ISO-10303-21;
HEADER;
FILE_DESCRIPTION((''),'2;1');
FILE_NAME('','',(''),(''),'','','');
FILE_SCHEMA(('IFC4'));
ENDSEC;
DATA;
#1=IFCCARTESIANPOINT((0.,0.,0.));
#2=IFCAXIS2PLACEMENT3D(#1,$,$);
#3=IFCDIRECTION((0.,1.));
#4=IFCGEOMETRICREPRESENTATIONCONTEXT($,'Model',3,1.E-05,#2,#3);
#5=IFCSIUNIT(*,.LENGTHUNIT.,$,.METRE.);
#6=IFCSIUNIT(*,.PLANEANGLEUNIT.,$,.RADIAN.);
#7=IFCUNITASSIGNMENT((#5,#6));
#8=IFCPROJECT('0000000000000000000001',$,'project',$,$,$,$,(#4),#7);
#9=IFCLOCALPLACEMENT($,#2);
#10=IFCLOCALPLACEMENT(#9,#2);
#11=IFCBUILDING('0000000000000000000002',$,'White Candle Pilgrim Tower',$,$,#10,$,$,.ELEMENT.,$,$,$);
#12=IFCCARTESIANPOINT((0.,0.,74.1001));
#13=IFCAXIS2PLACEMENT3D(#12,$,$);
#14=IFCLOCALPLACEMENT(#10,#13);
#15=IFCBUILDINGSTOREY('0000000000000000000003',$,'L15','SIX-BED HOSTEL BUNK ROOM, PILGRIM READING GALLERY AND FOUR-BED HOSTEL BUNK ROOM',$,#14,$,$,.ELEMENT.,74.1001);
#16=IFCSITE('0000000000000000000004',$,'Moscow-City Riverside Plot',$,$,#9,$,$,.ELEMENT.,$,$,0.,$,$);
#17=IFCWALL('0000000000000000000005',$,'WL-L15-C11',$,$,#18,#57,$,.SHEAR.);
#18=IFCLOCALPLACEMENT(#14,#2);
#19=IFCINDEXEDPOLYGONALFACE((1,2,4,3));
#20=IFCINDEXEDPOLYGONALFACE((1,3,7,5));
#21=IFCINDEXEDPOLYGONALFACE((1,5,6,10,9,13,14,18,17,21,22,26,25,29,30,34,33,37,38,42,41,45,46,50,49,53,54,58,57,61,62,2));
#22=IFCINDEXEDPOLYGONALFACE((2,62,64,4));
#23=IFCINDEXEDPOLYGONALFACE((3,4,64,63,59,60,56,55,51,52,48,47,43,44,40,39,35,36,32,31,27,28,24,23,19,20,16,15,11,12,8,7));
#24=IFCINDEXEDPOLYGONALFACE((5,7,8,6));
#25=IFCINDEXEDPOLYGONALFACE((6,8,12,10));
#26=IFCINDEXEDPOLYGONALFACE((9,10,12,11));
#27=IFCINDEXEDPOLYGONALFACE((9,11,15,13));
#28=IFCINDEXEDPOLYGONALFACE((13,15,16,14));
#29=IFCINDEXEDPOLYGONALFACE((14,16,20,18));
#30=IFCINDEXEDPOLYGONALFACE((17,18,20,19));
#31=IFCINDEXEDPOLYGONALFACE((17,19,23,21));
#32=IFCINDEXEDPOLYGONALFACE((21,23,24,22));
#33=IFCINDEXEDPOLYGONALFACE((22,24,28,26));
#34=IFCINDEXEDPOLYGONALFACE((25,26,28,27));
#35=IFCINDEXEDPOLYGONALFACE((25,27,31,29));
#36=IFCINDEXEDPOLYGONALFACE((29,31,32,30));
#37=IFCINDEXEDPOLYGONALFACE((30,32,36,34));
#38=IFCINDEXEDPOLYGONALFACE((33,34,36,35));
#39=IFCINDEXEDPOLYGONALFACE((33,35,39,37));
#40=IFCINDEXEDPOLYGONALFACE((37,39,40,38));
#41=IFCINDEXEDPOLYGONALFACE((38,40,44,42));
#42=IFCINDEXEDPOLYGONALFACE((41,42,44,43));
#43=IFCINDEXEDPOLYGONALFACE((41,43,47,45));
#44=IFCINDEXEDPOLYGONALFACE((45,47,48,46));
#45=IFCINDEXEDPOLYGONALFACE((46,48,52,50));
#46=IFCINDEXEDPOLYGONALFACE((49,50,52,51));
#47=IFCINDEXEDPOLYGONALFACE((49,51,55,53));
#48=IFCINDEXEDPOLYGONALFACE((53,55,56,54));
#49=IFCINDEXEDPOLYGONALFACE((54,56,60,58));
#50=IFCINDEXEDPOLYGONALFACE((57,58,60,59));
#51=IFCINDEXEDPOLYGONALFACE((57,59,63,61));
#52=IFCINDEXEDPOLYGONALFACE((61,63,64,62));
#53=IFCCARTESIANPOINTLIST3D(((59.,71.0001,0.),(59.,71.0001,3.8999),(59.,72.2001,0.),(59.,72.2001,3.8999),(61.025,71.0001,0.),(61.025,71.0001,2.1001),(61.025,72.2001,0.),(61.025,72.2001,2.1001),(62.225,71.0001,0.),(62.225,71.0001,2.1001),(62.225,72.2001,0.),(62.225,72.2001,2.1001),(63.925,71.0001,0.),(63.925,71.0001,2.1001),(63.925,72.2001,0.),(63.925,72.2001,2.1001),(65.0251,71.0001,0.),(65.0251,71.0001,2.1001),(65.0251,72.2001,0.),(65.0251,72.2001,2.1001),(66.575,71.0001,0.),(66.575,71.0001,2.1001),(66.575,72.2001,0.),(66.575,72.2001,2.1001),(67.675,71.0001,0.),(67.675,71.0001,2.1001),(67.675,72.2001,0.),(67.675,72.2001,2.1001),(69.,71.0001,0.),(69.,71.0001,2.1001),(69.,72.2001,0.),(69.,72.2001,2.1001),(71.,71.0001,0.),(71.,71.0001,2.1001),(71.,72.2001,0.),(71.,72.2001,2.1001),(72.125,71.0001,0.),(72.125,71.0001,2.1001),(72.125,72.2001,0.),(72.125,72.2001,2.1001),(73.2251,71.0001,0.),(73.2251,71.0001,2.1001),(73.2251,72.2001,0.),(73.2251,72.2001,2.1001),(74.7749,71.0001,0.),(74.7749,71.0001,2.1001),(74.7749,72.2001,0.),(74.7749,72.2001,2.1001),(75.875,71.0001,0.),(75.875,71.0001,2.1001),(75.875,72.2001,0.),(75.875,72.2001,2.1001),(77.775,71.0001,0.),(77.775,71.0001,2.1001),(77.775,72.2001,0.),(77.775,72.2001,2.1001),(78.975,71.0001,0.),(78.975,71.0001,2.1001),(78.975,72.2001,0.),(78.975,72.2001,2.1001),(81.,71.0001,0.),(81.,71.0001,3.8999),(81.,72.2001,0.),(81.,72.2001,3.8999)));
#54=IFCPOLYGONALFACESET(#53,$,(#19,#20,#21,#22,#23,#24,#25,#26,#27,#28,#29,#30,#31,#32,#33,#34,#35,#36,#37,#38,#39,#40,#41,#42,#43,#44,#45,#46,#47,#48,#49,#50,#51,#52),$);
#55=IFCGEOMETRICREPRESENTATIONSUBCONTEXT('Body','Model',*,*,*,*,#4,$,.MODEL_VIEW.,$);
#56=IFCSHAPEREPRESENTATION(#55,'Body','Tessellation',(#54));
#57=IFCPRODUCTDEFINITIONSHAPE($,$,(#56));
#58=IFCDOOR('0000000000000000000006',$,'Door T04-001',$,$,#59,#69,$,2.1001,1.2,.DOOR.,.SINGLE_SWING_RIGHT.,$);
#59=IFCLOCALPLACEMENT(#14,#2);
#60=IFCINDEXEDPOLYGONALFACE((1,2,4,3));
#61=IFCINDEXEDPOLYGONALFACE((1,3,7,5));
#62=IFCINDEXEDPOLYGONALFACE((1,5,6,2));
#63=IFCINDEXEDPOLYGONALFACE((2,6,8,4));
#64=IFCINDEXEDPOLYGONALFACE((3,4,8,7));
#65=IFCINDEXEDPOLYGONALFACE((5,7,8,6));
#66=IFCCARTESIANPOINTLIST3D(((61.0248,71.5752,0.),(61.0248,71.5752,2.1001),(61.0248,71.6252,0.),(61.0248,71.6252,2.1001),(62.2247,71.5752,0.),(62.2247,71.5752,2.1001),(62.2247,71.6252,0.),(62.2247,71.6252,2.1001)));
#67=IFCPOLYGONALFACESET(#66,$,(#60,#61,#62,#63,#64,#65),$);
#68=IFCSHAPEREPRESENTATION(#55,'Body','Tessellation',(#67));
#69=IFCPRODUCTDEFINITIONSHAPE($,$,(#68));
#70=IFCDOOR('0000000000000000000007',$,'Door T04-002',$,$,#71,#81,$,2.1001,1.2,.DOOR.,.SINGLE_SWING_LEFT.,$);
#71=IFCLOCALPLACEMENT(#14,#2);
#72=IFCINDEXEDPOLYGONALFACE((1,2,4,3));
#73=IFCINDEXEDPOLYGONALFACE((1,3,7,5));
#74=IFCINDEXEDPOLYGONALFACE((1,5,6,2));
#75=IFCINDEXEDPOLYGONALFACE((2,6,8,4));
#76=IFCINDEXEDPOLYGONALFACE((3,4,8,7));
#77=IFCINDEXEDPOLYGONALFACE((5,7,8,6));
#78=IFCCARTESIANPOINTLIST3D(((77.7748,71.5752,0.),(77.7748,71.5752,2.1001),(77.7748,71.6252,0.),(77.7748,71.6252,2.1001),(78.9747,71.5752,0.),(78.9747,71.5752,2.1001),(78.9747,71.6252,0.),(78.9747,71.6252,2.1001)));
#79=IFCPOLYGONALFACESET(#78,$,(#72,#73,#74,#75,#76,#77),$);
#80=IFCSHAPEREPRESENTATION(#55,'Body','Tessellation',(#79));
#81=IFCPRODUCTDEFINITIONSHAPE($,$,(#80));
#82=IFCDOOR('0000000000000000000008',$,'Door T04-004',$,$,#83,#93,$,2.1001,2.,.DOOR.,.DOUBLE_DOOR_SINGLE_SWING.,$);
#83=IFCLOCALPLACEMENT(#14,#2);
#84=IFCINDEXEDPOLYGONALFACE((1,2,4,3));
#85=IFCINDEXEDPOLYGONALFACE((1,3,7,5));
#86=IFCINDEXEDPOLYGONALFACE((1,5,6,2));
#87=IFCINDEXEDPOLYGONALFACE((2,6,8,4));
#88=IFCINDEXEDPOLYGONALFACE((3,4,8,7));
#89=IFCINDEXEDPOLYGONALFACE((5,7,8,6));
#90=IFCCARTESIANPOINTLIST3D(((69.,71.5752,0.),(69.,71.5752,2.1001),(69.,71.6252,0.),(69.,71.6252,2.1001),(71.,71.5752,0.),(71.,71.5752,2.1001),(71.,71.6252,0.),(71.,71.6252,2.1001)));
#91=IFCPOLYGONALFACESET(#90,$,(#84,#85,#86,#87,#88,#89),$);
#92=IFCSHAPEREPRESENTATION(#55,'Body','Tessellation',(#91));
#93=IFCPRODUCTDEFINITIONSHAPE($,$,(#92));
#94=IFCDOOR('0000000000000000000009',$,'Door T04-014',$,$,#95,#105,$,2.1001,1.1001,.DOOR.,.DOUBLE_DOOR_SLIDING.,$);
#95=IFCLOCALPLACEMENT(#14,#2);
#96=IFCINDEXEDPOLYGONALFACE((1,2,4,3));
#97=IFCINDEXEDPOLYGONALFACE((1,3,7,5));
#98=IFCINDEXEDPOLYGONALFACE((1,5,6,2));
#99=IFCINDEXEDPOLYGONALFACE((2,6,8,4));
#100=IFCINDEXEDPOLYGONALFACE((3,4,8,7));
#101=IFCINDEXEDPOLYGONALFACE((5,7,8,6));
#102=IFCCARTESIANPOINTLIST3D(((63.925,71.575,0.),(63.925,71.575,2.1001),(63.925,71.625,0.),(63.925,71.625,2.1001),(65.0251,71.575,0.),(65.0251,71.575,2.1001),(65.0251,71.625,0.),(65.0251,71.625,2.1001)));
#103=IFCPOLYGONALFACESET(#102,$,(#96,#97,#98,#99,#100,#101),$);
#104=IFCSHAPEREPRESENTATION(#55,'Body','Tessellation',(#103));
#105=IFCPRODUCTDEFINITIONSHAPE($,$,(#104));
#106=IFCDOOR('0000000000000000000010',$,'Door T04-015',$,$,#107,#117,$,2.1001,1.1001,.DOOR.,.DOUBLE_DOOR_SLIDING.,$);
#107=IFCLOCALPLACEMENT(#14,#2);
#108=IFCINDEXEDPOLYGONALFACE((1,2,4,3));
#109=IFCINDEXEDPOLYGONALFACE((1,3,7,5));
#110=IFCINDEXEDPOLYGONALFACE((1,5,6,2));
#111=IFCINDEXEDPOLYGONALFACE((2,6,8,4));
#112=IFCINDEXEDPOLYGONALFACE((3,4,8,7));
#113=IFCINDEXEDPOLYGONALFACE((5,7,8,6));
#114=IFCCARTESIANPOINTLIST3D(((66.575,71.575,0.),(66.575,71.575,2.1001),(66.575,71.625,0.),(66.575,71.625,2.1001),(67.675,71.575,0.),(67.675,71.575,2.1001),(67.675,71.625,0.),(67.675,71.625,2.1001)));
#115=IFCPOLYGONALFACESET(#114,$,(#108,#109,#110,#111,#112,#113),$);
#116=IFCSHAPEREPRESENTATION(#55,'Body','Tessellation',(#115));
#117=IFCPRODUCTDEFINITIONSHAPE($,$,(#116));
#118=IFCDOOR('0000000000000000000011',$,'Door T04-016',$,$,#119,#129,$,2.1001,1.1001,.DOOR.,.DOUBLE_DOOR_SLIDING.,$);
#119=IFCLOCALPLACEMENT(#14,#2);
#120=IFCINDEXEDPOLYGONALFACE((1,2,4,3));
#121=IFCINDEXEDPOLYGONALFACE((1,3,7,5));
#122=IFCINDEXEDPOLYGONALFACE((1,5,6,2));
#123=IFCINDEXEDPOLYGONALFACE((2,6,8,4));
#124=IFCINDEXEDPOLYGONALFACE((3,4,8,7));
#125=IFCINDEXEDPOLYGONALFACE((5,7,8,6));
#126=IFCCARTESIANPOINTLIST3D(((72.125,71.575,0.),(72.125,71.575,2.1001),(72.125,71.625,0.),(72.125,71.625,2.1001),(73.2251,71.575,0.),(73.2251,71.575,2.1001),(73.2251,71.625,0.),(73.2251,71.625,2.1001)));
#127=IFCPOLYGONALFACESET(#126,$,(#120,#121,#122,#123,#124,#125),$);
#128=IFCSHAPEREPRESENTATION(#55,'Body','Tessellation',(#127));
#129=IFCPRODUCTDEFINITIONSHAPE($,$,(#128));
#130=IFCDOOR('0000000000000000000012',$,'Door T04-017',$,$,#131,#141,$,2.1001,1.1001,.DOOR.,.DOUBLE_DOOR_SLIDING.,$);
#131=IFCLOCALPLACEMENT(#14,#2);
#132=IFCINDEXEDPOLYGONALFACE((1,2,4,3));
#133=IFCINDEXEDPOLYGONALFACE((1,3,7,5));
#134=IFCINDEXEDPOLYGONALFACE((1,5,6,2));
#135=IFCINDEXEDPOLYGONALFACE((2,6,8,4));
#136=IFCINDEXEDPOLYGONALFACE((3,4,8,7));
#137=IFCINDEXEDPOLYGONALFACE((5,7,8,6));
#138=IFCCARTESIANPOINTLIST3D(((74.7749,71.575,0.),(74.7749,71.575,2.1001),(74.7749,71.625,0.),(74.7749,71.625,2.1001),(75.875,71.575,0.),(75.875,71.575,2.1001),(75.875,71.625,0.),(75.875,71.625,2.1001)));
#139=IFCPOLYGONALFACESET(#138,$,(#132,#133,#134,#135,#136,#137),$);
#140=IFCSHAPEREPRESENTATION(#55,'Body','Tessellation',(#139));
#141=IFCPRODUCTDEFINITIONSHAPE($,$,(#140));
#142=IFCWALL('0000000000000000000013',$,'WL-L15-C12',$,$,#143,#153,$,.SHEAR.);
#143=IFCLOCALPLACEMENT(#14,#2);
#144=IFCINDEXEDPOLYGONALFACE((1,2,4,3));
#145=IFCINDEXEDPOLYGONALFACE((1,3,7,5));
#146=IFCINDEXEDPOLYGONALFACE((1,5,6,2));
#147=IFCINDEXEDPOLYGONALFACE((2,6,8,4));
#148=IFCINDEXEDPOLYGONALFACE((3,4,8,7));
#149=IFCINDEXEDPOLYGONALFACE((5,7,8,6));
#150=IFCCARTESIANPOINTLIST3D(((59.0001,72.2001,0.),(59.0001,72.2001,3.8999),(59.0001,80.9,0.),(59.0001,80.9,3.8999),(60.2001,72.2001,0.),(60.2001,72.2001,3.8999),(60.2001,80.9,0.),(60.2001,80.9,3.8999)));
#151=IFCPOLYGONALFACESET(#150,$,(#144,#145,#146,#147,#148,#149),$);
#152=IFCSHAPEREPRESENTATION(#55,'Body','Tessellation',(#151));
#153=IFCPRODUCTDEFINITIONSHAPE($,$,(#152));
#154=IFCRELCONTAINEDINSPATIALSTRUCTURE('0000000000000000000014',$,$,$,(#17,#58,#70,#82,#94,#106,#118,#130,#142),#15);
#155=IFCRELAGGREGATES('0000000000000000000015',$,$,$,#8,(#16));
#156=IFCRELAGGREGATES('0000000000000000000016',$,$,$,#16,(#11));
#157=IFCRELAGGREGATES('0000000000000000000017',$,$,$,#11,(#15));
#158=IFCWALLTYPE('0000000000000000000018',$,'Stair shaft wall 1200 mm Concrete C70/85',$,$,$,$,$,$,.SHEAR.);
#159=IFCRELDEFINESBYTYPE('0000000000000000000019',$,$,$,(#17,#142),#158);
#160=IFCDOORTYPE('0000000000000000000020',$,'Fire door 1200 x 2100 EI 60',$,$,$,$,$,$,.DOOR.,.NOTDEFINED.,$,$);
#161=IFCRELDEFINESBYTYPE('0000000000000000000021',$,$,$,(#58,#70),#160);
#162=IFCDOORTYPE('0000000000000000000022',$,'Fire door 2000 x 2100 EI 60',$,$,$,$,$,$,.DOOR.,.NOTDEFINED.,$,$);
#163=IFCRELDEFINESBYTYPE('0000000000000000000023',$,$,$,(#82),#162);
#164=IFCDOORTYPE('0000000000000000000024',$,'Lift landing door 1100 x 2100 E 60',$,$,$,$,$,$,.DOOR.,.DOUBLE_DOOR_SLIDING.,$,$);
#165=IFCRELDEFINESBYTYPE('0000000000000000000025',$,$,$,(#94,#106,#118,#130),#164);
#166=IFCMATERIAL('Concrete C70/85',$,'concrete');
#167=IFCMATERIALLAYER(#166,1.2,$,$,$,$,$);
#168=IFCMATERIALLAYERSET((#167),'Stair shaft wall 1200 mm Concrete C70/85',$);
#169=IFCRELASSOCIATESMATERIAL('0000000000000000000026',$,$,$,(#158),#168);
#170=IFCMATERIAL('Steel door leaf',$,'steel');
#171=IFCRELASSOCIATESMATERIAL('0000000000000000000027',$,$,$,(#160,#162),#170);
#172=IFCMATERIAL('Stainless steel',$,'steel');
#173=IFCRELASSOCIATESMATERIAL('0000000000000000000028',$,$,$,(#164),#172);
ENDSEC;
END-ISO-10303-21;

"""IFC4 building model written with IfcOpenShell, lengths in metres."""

from ifc_helpers import new_model, si_unit, direction, frame, frame_2d, origin, place, context, subcontext, project, spatial, rectangle, extrude, material, layer, layer_set, type_object, element, fill, save


model = new_model("IFC4")

# Units and contexts
model_context = context("Model", 3, precision=1e-05, world=origin(), true_north=direction((0.0, 1.0)))
body_context = subcontext(model_context, "Body", "Model", "MODEL_VIEW")
ifc_project = project(units=[si_unit("LENGTHUNIT", "METRE"), si_unit("PLANEANGLEUNIT", "RADIAN")], contexts=[model_context])

# Site, building, storey
site_placement = place(None, origin())
site = spatial("IfcSite", under=ifc_project, at=site_placement, Name="Moscow-City Riverside Plot", CompositionType="ELEMENT", RefElevation=0.0)
building_placement = place(site_placement, origin())
building = spatial("IfcBuilding", under=site, at=building_placement, Name="White Candle Pilgrim Tower", CompositionType="ELEMENT")
storey_placement = place(building_placement, frame((0.0, 0.0, 74.1001)))
storey = spatial("IfcBuildingStorey", under=building, at=storey_placement, Name="L15", Description="SIX-BED HOSTEL BUNK ROOM, PILGRIM READING GALLERY AND FOUR-BED HOSTEL BUNK ROOM", CompositionType="ELEMENT", Elevation=74.1001)

# Shared definitions
ifc_material_1 = material(Name="Steel door leaf", Category="steel")

# Shared definitions
ifc_material_2 = material(Name="Concrete C70/85", Category="concrete")

# Wall, openings, doors
ifc_layer_1 = layer(ifc_material_2, 1.2)
ifc_layer_set_1 = layer_set([ifc_layer_1], Name="Stair shaft wall 1200 mm Concrete C70/85")
wall_type_1 = type_object("IfcWallType", Name="Stair shaft wall 1200 mm Concrete C70/85", PredefinedType="SHEAR", material=ifc_layer_set_1)
wall_1_placement = place(storey_placement, frame((59.0, 71.6001, 0.0), z_axis=(0.0, 0.0, 1.0), x_axis=(1.0, 0.0, 0.0)))
wall_1 = element("IfcWall", 1, at=wall_1_placement, inside=storey, type_object=wall_type_1, Name="WL-L15-C11", PredefinedType="SHEAR", context=body_context, shape_type="SweptSolid", body=[
    extrude(rectangle(XDim=22.0, YDim=1.2, at=frame_2d((11.0, 0.0))), origin(), (0.0, 0.0, 1.0), 3.8999),
])
opening_1_placement = place(wall_1_placement, frame((2.0249, 0.0, 0.0)))
opening_1 = element("IfcOpeningElement", 2, at=opening_1_placement, cuts=wall_1, PredefinedType="OPENING", context=body_context, shape_type="SweptSolid", body=[
    extrude(rectangle(XDim=1.2, YDim=2.1001, at=frame_2d((0.6001, 1.05))), frame((0.0, 0.6099, 0.0), z_axis=(0.0, -1.0, 0.0), x_axis=(1.0, 0.0, 0.0)), (0.0, 0.0, 1.0), 1.22),
])
opening_2_placement = place(wall_1_placement, frame((18.7749, 0.0, 0.0)))
opening_2 = element("IfcOpeningElement", 3, at=opening_2_placement, cuts=wall_1, PredefinedType="OPENING", context=body_context, shape_type="SweptSolid", body=[
    extrude(rectangle(XDim=1.2, YDim=2.1001, at=frame_2d((0.6001, 1.05))), frame((0.0, 0.6099, 0.0), z_axis=(0.0, -1.0, 0.0), x_axis=(1.0, 0.0, 0.0)), (0.0, 0.0, 1.0), 1.22),
])
opening_3_placement = place(wall_1_placement, frame((10.0, 0.0, 0.0)))
opening_3 = element("IfcOpeningElement", 4, at=opening_3_placement, cuts=wall_1, PredefinedType="OPENING", context=body_context, shape_type="SweptSolid", body=[
    extrude(rectangle(XDim=2.0, YDim=2.1001, at=frame_2d((1.0, 1.05))), frame((0.0, 0.6099, 0.0), z_axis=(0.0, -1.0, 0.0), x_axis=(1.0, 0.0, 0.0)), (0.0, 0.0, 1.0), 1.22),
])
opening_4_placement = place(wall_1_placement, frame((4.925, 0.0, 0.0)))
opening_4 = element("IfcOpeningElement", 5, at=opening_4_placement, cuts=wall_1, PredefinedType="OPENING", context=body_context, shape_type="SweptSolid", body=[
    extrude(rectangle(XDim=1.1001, YDim=2.1001, at=frame_2d((0.55, 1.05))), frame((0.0, 0.6099, 0.0), z_axis=(0.0, -1.0, 0.0), x_axis=(1.0, 0.0, 0.0)), (0.0, 0.0, 1.0), 1.22),
])
opening_5_placement = place(wall_1_placement, frame((7.575, 0.0, 0.0)))
opening_5 = element("IfcOpeningElement", 6, at=opening_5_placement, cuts=wall_1, PredefinedType="OPENING", context=body_context, shape_type="SweptSolid", body=[
    extrude(rectangle(XDim=1.1001, YDim=2.1001, at=frame_2d((0.55, 1.05))), frame((0.0, 0.6099, 0.0), z_axis=(0.0, -1.0, 0.0), x_axis=(1.0, 0.0, 0.0)), (0.0, 0.0, 1.0), 1.22),
])
opening_6_placement = place(wall_1_placement, frame((13.125, 0.0, 0.0)))
opening_6 = element("IfcOpeningElement", 7, at=opening_6_placement, cuts=wall_1, PredefinedType="OPENING", context=body_context, shape_type="SweptSolid", body=[
    extrude(rectangle(XDim=1.1001, YDim=2.1001, at=frame_2d((0.55, 1.05))), frame((0.0, 0.6099, 0.0), z_axis=(0.0, -1.0, 0.0), x_axis=(1.0, 0.0, 0.0)), (0.0, 0.0, 1.0), 1.22),
])
opening_7_placement = place(wall_1_placement, frame((15.7749, 0.0, 0.0)))
opening_7 = element("IfcOpeningElement", 8, at=opening_7_placement, cuts=wall_1, PredefinedType="OPENING", context=body_context, shape_type="SweptSolid", body=[
    extrude(rectangle(XDim=1.1001, YDim=2.1001, at=frame_2d((0.55, 1.05))), frame((0.0, 0.6099, 0.0), z_axis=(0.0, -1.0, 0.0), x_axis=(1.0, 0.0, 0.0)), (0.0, 0.0, 1.0), 1.22),
])
door_type_1 = type_object("IfcDoorType", Name="Fire door 1200 x 2100 EI 60", OperationType="NOTDEFINED", PredefinedType="DOOR", material=ifc_material_1)
door_1_placement = place(opening_1_placement, frame((1.2, 0.0, 0.0), z_axis=(0.0, 0.0, 1.0), x_axis=(-1.0, 0.0, 0.0)))
door_1 = element("IfcDoor", 9, at=door_1_placement, inside=storey, type_object=door_type_1, Name="Door T04-001", OperationType="SINGLE_SWING_RIGHT", OverallHeight=2.1001, OverallWidth=1.2, PredefinedType="DOOR", context=body_context, shape_type="SweptSolid", body=[
    extrude(rectangle(XDim=1.2, YDim=2.1001, at=frame_2d((0.6001, 1.05))), frame((0.0, 0.0249, 0.0), z_axis=(0.0, -1.0, 0.0), x_axis=(1.0, 0.0, 0.0)), (0.0, 0.0, 1.0), 0.05),
])
fill(opening_1, door_1)
door_2_placement = place(opening_2_placement, frame((1.2, 0.0, 0.0), z_axis=(0.0, 0.0, 1.0), x_axis=(-1.0, 0.0, 0.0)))
door_2 = element("IfcDoor", 10, at=door_2_placement, inside=storey, type_object=door_type_1, Name="Door T04-002", OperationType="SINGLE_SWING_LEFT", OverallHeight=2.1001, OverallWidth=1.2, PredefinedType="DOOR", context=body_context, shape_type="SweptSolid", body=[
    extrude(rectangle(XDim=1.2, YDim=2.1001, at=frame_2d((0.6001, 1.05))), frame((0.0, 0.0249, 0.0), z_axis=(0.0, -1.0, 0.0), x_axis=(1.0, 0.0, 0.0)), (0.0, 0.0, 1.0), 0.05),
])
fill(opening_2, door_2)
door_type_2 = type_object("IfcDoorType", Name="Fire door 2000 x 2100 EI 60", OperationType="NOTDEFINED", PredefinedType="DOOR", material=ifc_material_1)
door_3_placement = place(opening_3_placement, frame((2.0, 0.0, 0.0), z_axis=(0.0, 0.0, 1.0), x_axis=(-1.0, 0.0, 0.0)))
door_3 = element("IfcDoor", 11, at=door_3_placement, inside=storey, type_object=door_type_2, Name="Door T04-004", OperationType="DOUBLE_DOOR_SINGLE_SWING", OverallHeight=2.1001, OverallWidth=2.0, PredefinedType="DOOR", context=body_context, shape_type="SweptSolid", body=[
    extrude(rectangle(XDim=2.0, YDim=2.1001, at=frame_2d((1.0, 1.05))), frame((0.0, 0.0249, 0.0), z_axis=(0.0, -1.0, 0.0), x_axis=(1.0, 0.0, 0.0)), (0.0, 0.0, 1.0), 0.05),
])
fill(opening_3, door_3)
ifc_material_3 = material(Name="Stainless steel", Category="steel")
door_type_3 = type_object("IfcDoorType", Name="Lift landing door 1100 x 2100 E 60", OperationType="DOUBLE_DOOR_SLIDING", PredefinedType="DOOR", material=ifc_material_3)
door_4_placement = place(opening_4_placement, origin())
door_4 = element("IfcDoor", 12, at=door_4_placement, inside=storey, type_object=door_type_3, Name="Door T04-014", OperationType="DOUBLE_DOOR_SLIDING", OverallHeight=2.1001, OverallWidth=1.1001, PredefinedType="DOOR", context=body_context, shape_type="SweptSolid", body=[
    extrude(rectangle(XDim=1.1001, YDim=2.1001, at=frame_2d((0.55, 1.05))), frame((0.0, 0.0249, 0.0), z_axis=(0.0, -1.0, 0.0), x_axis=(1.0, 0.0, 0.0)), (0.0, 0.0, 1.0), 0.05),
])
fill(opening_4, door_4)
door_5_placement = place(opening_5_placement, origin())
door_5 = element("IfcDoor", 13, at=door_5_placement, inside=storey, type_object=door_type_3, Name="Door T04-015", OperationType="DOUBLE_DOOR_SLIDING", OverallHeight=2.1001, OverallWidth=1.1001, PredefinedType="DOOR", context=body_context, shape_type="SweptSolid", body=[
    extrude(rectangle(XDim=1.1001, YDim=2.1001, at=frame_2d((0.55, 1.05))), frame((0.0, 0.0249, 0.0), z_axis=(0.0, -1.0, 0.0), x_axis=(1.0, 0.0, 0.0)), (0.0, 0.0, 1.0), 0.05),
])
fill(opening_5, door_5)
door_6_placement = place(opening_6_placement, origin())
door_6 = element("IfcDoor", 14, at=door_6_placement, inside=storey, type_object=door_type_3, Name="Door T04-016", OperationType="DOUBLE_DOOR_SLIDING", OverallHeight=2.1001, OverallWidth=1.1001, PredefinedType="DOOR", context=body_context, shape_type="SweptSolid", body=[
    extrude(rectangle(XDim=1.1001, YDim=2.1001, at=frame_2d((0.55, 1.05))), frame((0.0, 0.0249, 0.0), z_axis=(0.0, -1.0, 0.0), x_axis=(1.0, 0.0, 0.0)), (0.0, 0.0, 1.0), 0.05),
])
fill(opening_6, door_6)
door_7_placement = place(opening_7_placement, origin())
door_7 = element("IfcDoor", 15, at=door_7_placement, inside=storey, type_object=door_type_3, Name="Door T04-017", OperationType="DOUBLE_DOOR_SLIDING", OverallHeight=2.1001, OverallWidth=1.1001, PredefinedType="DOOR", context=body_context, shape_type="SweptSolid", body=[
    extrude(rectangle(XDim=1.1001, YDim=2.1001, at=frame_2d((0.55, 1.05))), frame((0.0, 0.0249, 0.0), z_axis=(0.0, -1.0, 0.0), x_axis=(1.0, 0.0, 0.0)), (0.0, 0.0, 1.0), 0.05),
])
fill(opening_7, door_7)

# Wall
wall_2_placement = place(storey_placement, frame((59.6001, 72.2, 0.0), z_axis=(0.0, 0.0, 1.0), x_axis=(0.0, 1.0, 0.0)))
element("IfcWall", 16, at=wall_2_placement, inside=storey, type_object=wall_type_1, Name="WL-L15-C12", PredefinedType="SHEAR", context=body_context, shape_type="SweptSolid", body=[
    extrude(rectangle(XDim=8.7, YDim=1.2, at=frame_2d((4.3501, 0.0))), origin(), (0.0, 0.0, 1.0), 3.8999),
])

save(model, "model.ifc")
